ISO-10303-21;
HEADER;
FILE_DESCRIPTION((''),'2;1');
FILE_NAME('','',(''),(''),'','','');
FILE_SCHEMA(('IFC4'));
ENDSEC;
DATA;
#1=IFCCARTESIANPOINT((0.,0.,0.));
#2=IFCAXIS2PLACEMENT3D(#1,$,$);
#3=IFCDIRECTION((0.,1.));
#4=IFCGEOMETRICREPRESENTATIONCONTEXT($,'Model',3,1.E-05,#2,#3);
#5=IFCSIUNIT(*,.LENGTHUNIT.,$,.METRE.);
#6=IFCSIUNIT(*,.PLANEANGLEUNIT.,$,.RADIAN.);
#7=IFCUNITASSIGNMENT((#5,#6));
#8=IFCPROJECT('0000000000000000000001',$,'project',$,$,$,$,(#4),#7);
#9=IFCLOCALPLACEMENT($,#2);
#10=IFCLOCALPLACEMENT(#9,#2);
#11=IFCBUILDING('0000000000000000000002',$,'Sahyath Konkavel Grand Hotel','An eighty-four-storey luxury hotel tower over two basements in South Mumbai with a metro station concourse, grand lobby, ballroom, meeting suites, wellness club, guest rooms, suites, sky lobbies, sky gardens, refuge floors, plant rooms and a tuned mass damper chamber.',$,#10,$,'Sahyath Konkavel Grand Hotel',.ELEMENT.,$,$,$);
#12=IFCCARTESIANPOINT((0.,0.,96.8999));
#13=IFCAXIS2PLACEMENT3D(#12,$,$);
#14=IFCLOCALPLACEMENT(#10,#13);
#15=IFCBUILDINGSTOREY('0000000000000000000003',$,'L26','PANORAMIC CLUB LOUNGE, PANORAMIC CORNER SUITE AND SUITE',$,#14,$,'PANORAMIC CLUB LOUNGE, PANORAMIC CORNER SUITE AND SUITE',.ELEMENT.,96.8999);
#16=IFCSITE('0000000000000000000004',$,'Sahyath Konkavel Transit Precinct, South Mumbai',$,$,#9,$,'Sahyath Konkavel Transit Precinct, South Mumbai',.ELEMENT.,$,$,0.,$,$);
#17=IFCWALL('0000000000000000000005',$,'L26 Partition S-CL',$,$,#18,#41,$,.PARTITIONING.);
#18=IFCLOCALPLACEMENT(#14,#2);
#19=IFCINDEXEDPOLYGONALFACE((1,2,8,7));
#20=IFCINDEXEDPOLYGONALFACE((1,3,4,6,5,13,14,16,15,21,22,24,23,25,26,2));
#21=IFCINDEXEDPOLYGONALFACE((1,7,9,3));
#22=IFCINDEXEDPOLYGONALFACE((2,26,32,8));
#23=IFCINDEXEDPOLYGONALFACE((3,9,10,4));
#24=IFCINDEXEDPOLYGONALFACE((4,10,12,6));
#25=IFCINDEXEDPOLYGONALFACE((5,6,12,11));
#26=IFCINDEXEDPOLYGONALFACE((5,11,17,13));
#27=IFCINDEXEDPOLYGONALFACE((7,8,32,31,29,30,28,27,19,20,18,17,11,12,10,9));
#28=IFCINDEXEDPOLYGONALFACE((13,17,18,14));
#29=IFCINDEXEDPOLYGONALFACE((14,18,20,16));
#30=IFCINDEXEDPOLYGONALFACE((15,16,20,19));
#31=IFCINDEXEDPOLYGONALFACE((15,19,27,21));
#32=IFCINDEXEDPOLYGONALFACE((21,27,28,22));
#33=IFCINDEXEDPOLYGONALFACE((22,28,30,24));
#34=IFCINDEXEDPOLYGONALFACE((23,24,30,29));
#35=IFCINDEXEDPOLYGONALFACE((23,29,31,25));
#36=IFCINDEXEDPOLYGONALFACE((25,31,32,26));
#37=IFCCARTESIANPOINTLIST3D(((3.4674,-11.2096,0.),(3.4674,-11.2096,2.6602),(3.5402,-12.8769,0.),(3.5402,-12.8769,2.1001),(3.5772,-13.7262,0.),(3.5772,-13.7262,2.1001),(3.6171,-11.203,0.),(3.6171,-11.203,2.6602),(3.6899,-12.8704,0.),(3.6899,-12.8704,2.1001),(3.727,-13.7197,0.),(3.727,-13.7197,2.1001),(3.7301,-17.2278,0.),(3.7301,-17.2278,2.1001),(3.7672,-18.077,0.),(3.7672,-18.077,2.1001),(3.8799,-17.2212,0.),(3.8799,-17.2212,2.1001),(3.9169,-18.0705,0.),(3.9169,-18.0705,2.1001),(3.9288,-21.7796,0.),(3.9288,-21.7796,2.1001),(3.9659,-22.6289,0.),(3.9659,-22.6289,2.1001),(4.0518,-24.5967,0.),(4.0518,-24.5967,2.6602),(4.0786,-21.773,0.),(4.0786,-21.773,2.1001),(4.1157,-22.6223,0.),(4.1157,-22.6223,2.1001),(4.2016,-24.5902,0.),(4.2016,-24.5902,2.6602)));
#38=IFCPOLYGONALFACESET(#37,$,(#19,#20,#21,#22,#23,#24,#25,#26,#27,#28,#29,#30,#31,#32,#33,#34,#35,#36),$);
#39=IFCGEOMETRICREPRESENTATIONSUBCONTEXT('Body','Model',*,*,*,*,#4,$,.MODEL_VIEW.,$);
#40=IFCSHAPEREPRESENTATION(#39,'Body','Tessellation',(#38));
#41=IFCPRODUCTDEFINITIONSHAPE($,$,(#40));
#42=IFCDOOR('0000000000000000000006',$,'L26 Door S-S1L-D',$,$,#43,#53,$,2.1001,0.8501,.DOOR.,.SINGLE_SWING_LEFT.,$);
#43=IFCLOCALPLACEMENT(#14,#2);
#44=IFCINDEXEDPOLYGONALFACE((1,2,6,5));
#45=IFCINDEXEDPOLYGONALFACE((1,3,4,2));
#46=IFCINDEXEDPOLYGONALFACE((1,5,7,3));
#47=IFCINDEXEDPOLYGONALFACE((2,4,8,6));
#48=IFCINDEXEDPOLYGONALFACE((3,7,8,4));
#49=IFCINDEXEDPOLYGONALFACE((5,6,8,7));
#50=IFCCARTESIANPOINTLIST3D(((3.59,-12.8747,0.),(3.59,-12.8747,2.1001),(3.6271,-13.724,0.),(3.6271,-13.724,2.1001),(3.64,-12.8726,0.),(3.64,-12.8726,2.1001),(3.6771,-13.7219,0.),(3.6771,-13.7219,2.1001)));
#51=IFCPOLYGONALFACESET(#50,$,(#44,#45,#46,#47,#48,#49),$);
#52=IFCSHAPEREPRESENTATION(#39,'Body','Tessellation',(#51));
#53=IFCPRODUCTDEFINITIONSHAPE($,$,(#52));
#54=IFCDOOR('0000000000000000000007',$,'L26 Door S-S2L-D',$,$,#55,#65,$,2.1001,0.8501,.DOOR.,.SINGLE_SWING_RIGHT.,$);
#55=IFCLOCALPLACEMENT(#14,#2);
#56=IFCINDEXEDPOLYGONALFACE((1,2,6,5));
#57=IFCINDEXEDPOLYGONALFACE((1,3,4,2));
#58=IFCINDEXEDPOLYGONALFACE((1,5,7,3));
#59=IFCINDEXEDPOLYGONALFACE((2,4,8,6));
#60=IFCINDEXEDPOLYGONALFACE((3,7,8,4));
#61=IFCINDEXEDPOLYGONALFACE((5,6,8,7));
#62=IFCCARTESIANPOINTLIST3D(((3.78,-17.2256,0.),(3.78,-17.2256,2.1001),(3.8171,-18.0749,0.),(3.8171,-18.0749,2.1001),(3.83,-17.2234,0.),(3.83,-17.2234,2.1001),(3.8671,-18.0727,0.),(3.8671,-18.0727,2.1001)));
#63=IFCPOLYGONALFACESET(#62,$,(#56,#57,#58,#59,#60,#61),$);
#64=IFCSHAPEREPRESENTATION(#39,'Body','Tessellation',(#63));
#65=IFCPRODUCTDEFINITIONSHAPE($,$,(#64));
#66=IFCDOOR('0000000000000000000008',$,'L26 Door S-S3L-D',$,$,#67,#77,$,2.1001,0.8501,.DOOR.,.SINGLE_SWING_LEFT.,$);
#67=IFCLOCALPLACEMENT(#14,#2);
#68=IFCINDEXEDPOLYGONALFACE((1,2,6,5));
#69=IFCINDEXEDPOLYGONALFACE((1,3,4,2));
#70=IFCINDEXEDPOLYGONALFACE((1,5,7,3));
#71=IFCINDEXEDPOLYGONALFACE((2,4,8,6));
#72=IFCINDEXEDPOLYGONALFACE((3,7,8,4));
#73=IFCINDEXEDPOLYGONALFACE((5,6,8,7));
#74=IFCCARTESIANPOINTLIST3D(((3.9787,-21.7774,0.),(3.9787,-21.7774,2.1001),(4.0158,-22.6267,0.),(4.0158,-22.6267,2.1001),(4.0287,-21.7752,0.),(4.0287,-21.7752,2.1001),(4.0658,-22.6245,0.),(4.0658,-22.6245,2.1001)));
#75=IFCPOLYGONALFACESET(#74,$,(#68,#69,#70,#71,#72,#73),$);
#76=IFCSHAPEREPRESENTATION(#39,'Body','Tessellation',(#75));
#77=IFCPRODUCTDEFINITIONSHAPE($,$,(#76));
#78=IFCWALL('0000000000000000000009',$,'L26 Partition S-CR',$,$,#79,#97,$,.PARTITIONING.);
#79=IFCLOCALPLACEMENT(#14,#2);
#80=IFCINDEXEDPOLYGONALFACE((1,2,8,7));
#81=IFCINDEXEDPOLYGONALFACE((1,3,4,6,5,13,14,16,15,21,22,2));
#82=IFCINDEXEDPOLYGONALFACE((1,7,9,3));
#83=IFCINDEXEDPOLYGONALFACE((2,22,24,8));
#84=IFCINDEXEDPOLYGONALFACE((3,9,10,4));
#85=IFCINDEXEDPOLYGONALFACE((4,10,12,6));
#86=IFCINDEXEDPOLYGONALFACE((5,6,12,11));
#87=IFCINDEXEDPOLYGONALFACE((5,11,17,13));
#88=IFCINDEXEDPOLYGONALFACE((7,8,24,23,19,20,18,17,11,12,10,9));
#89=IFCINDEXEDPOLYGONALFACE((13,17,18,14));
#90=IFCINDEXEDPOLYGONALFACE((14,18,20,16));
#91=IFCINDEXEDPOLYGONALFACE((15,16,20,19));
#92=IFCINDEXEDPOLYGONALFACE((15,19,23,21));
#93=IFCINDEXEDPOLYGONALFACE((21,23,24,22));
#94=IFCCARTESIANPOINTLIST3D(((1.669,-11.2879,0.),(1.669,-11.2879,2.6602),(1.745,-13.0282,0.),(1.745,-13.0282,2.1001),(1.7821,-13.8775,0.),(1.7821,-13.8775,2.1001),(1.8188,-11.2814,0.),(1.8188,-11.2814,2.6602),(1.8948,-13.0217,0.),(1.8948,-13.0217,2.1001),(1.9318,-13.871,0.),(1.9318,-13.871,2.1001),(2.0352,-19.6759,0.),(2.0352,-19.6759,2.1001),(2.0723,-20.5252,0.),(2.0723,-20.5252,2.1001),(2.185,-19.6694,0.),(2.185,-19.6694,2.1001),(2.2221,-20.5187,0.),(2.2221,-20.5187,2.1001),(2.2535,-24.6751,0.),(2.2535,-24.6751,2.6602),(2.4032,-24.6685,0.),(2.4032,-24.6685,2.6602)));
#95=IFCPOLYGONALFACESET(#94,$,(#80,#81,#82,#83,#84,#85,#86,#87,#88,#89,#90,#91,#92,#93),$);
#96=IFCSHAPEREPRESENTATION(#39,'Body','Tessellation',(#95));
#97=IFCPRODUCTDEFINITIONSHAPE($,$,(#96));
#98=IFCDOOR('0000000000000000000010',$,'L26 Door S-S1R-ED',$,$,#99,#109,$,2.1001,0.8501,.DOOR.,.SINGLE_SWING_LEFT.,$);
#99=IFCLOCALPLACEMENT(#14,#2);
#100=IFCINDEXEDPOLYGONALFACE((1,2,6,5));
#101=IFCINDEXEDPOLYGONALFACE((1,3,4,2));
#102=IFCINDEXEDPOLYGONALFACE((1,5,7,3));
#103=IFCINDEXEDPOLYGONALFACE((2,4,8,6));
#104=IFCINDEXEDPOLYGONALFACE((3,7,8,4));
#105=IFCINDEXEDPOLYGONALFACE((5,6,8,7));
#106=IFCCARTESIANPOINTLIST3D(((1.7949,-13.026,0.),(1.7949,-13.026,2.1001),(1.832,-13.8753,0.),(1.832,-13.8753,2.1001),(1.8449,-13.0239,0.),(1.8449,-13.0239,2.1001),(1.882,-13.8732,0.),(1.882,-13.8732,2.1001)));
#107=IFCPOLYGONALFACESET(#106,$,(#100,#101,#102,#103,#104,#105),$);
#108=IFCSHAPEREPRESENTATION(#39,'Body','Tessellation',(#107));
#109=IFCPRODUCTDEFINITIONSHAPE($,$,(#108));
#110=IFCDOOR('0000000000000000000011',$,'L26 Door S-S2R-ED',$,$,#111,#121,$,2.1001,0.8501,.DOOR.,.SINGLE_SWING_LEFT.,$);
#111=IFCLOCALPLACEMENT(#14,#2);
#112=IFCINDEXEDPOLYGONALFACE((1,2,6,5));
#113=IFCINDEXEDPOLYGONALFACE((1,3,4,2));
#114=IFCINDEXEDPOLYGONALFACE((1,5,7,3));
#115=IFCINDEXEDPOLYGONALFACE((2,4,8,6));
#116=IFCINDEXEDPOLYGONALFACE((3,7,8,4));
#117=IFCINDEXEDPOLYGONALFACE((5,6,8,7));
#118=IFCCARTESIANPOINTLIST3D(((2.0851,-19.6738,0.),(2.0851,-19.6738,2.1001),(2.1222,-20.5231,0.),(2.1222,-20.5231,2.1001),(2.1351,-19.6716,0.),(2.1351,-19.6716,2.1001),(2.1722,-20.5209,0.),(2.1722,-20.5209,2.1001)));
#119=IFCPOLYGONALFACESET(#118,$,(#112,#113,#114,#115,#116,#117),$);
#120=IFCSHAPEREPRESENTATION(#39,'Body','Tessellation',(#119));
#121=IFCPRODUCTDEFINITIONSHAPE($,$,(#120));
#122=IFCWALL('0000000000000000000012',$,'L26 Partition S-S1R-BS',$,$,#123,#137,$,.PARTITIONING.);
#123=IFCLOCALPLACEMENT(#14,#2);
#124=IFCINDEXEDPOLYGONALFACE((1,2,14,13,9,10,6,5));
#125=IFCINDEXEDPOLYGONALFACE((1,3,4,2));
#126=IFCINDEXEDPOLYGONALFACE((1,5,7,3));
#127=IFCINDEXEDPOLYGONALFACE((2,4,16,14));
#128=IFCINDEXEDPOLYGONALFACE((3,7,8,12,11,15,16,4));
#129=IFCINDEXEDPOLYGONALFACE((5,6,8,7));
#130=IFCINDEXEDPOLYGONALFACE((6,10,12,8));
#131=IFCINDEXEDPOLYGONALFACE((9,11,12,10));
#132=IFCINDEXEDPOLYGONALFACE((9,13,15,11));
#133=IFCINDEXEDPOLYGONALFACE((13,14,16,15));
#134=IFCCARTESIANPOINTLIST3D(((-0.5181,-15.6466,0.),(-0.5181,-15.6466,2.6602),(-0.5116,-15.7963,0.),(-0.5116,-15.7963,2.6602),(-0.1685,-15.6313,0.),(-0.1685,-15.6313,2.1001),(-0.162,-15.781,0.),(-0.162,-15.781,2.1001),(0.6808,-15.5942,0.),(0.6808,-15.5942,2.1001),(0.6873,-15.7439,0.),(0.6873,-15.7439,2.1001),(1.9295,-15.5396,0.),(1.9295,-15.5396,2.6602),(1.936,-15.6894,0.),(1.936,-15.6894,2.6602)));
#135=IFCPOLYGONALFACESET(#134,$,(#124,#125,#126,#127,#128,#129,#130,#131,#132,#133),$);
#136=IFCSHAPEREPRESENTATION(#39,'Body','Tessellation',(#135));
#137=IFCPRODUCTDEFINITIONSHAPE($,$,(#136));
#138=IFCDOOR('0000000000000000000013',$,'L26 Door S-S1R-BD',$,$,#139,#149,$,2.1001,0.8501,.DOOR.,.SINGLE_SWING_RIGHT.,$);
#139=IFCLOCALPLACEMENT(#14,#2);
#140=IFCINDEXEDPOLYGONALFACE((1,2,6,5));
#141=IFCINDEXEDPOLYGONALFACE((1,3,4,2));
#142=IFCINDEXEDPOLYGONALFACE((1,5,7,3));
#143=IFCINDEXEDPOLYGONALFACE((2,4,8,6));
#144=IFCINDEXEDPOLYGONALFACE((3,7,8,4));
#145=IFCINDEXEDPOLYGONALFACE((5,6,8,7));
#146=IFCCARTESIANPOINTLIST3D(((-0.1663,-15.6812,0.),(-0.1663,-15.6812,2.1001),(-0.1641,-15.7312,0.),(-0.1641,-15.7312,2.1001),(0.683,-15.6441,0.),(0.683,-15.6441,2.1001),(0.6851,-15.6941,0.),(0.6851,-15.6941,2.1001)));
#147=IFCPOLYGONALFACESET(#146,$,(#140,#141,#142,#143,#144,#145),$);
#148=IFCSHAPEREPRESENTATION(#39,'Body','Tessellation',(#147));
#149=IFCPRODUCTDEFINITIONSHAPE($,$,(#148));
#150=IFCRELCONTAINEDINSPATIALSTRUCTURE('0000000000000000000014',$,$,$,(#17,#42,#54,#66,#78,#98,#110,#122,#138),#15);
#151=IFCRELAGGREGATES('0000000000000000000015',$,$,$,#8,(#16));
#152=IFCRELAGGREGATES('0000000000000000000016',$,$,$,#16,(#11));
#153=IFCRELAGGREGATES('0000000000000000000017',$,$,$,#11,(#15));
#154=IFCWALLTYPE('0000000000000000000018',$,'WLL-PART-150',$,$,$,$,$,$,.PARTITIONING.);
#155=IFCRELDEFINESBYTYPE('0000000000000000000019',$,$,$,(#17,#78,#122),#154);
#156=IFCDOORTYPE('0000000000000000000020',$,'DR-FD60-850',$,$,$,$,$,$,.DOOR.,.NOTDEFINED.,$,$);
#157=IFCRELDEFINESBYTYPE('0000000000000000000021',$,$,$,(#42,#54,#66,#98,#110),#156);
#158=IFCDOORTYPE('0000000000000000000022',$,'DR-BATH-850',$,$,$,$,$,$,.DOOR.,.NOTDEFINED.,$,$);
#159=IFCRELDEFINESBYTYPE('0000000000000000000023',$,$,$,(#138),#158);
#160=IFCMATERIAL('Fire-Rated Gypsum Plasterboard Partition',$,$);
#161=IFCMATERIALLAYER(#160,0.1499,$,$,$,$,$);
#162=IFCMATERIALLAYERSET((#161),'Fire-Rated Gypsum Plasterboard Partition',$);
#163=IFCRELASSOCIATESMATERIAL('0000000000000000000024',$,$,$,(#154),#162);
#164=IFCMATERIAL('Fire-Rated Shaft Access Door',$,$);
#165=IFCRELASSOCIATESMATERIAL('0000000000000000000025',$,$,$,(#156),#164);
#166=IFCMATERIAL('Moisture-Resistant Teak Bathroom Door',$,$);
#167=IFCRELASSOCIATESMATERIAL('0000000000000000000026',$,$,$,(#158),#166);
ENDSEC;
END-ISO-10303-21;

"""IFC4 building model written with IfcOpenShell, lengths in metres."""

from ifc_helpers import new_model, si_unit, direction, frame, frame_2d, origin, origin_2d, place, context, subcontext, project, spatial, rectangle, extrude, source, transform, mapped, material, layer, layer_set, type_object, element, fill, save


model = new_model("IFC4")

# Units and contexts
model_context = context("Model", 3, precision=1e-05, world=origin(), true_north=direction((0.0, 1.0)))
body_context = subcontext(model_context, "Body", "Model", "MODEL_VIEW")
ifc_project = project(units=[si_unit("LENGTHUNIT", "METRE"), si_unit("PLANEANGLEUNIT", "RADIAN")], contexts=[model_context])

# Site, building, storey
site_placement = place(None, origin())
site = spatial("IfcSite", under=ifc_project, at=site_placement, Name="Sahyath Konkavel Transit Precinct, South Mumbai", LongName="Sahyath Konkavel Transit Precinct, South Mumbai", CompositionType="ELEMENT", RefElevation=0.0)
building_placement = place(site_placement, origin())
building = spatial("IfcBuilding", under=site, at=building_placement, Name="Sahyath Konkavel Grand Hotel", Description="An eighty-four-storey luxury hotel tower over two basements in South Mumbai with a metro station concourse, grand lobby, ballroom, meeting suites, wellness club, guest rooms, suites, sky lobbies, sky gardens, refuge floors, plant rooms and a tuned mass damper chamber.", LongName="Sahyath Konkavel Grand Hotel", CompositionType="ELEMENT")
storey_placement = place(building_placement, frame((0.0, 0.0, 96.8999)))
storey = spatial("IfcBuildingStorey", under=building, at=storey_placement, Name="L26", Description="PANORAMIC CLUB LOUNGE, PANORAMIC CORNER SUITE AND SUITE", LongName="PANORAMIC CLUB LOUNGE, PANORAMIC CORNER SUITE AND SUITE", CompositionType="ELEMENT", Elevation=96.8999)

# Walls, openings, doors
ifc_material_1 = material(Name="Fire-Rated Gypsum Plasterboard Partition")
ifc_layer_1 = layer(ifc_material_1, 0.1499)
ifc_layer_set_1 = layer_set([ifc_layer_1], Name="Fire-Rated Gypsum Plasterboard Partition")
wall_type_1 = type_object("IfcWallType", Name="WLL-PART-150", PredefinedType="PARTITIONING", material=ifc_layer_set_1)
wall_1_placement = place(storey_placement, frame((3.5422, -11.2063, 0.0), z_axis=(0.0, 0.0, 1.0), x_axis=(0.043617, -0.999048, 0.0)))
wall_1 = element("IfcWall", 1, at=wall_1_placement, inside=storey, type_object=wall_type_1, Name="L26 Partition S-CL", PredefinedType="PARTITIONING", context=body_context, shape_type="SweptSolid", body=[
    extrude(rectangle(XDim=13.3999, YDim=0.1499, at=frame_2d((6.7, 0.0))), origin(), (0.0, 0.0, 1.0), 2.6602),
])
opening_1_placement = place(wall_1_placement, frame((1.6689, 0.0, 0.0)))
opening_1 = element("IfcOpeningElement", 2, at=opening_1_placement, cuts=wall_1, PredefinedType="OPENING", context=body_context, shape_type="SweptSolid", body=[
    extrude(rectangle(XDim=0.8501, YDim=2.1001, at=frame_2d((0.425, 1.05))), frame((0.0, 0.085, 0.0), z_axis=(0.0, -1.0, 0.0), x_axis=(1.0, 0.0, 0.0)), (0.0, 0.0, 1.0), 0.1699),
])
opening_2_placement = place(wall_1_placement, frame((6.0239, 0.0, 0.0)))
opening_2 = element("IfcOpeningElement", 3, at=opening_2_placement, cuts=wall_1, PredefinedType="OPENING", context=body_context, shape_type="SweptSolid", body=[
    extrude(rectangle(XDim=0.8501, YDim=2.1001, at=frame_2d((0.425, 1.05))), frame((0.0, 0.085, 0.0), z_axis=(0.0, -1.0, 0.0), x_axis=(1.0, 0.0, 0.0)), (0.0, 0.0, 1.0), 0.1699),
])
opening_3_placement = place(wall_1_placement, frame((10.5801, 0.0, 0.0)))
opening_3 = element("IfcOpeningElement", 4, at=opening_3_placement, cuts=wall_1, PredefinedType="OPENING", context=body_context, shape_type="SweptSolid", body=[
    extrude(rectangle(XDim=0.8501, YDim=2.1001, at=frame_2d((0.425, 1.05))), frame((0.0, 0.085, 0.0), z_axis=(0.0, -1.0, 0.0), x_axis=(1.0, 0.0, 0.0)), (0.0, 0.0, 1.0), 0.1699),
])
ifc_material_2 = material(Name="Fire-Rated Shaft Access Door")
door_type_1 = type_object("IfcDoorType", Name="DR-FD60-850", OperationType="NOTDEFINED", PredefinedType="DOOR", material=ifc_material_2)
shared_shape_1 = source(origin(), body_context, "Body", "SweptSolid", [
    extrude(rectangle(XDim=0.8501, YDim=0.05, at=origin_2d()), origin(), (0.0, 0.0, 1.0), 2.1001),
])
door_1_placement = place(opening_1_placement, frame((0.425, 0.0, 0.0)))
door_1 = element("IfcDoor", 5, at=door_1_placement, inside=storey, type_object=door_type_1, Name="L26 Door S-S1L-D", OperationType="SINGLE_SWING_LEFT", OverallHeight=2.1001, OverallWidth=0.8501, PredefinedType="DOOR", context=body_context, shape_type="MappedRepresentation", body=[
    mapped(shared_shape_1, transform((0.0, 0.0, 0.0), scale=1.0)),
])
fill(opening_1, door_1)
door_2_placement = place(opening_2_placement, frame((0.425, 0.0, 0.0)))
door_2 = element("IfcDoor", 6, at=door_2_placement, inside=storey, type_object=door_type_1, Name="L26 Door S-S2L-D", OperationType="SINGLE_SWING_RIGHT", OverallHeight=2.1001, OverallWidth=0.8501, PredefinedType="DOOR", context=body_context, shape_type="MappedRepresentation", body=[
    mapped(shared_shape_1, transform((0.0, 0.0, 0.0), scale=1.0)),
])
fill(opening_2, door_2)
door_3_placement = place(opening_3_placement, frame((0.425, 0.0, 0.0)))
door_3 = element("IfcDoor", 7, at=door_3_placement, inside=storey, type_object=door_type_1, Name="L26 Door S-S3L-D", OperationType="SINGLE_SWING_LEFT", OverallHeight=2.1001, OverallWidth=0.8501, PredefinedType="DOOR", context=body_context, shape_type="MappedRepresentation", body=[
    mapped(shared_shape_1, transform((0.0, 0.0, 0.0), scale=1.0)),
])
fill(opening_3, door_3)
wall_2_placement = place(storey_placement, frame((1.7439, -11.2847, 0.0), z_axis=(0.0, 0.0, 1.0), x_axis=(0.043617, -0.999048, 0.0)))
wall_2 = element("IfcWall", 8, at=wall_2_placement, inside=storey, type_object=wall_type_1, Name="L26 Partition S-CR", PredefinedType="PARTITIONING", context=body_context, shape_type="SweptSolid", body=[
    extrude(rectangle(XDim=13.3999, YDim=0.1499, at=frame_2d((6.7, 0.0))), origin(), (0.0, 0.0, 1.0), 2.6602),
])
opening_4_placement = place(wall_2_placement, frame((1.7419, 0.0, 0.0)))
opening_4 = element("IfcOpeningElement", 9, at=opening_4_placement, cuts=wall_2, PredefinedType="OPENING", context=body_context, shape_type="SweptSolid", body=[
    extrude(rectangle(XDim=0.8501, YDim=2.1001, at=frame_2d((0.425, 1.05))), frame((0.0, 0.085, 0.0), z_axis=(0.0, -1.0, 0.0), x_axis=(1.0, 0.0, 0.0)), (0.0, 0.0, 1.0), 0.1699),
])
opening_5_placement = place(wall_2_placement, frame((8.396, 0.0, 0.0)))
opening_5 = element("IfcOpeningElement", 10, at=opening_5_placement, cuts=wall_2, PredefinedType="OPENING", context=body_context, shape_type="SweptSolid", body=[
    extrude(rectangle(XDim=0.8501, YDim=2.1001, at=frame_2d((0.425, 1.05))), frame((0.0, 0.085, 0.0), z_axis=(0.0, -1.0, 0.0), x_axis=(1.0, 0.0, 0.0)), (0.0, 0.0, 1.0), 0.1699),
])
door_4_placement = place(opening_4_placement, frame((0.425, 0.0, 0.0)))
door_4 = element("IfcDoor", 11, at=door_4_placement, inside=storey, type_object=door_type_1, Name="L26 Door S-S1R-ED", OperationType="SINGLE_SWING_LEFT", OverallHeight=2.1001, OverallWidth=0.8501, PredefinedType="DOOR", context=body_context, shape_type="MappedRepresentation", body=[
    mapped(shared_shape_1, transform((0.0, 0.0, 0.0), scale=1.0)),
])
fill(opening_4, door_4)
door_5_placement = place(opening_5_placement, frame((0.425, 0.0, 0.0)))
door_5 = element("IfcDoor", 12, at=door_5_placement, inside=storey, type_object=door_type_1, Name="L26 Door S-S2R-ED", OperationType="SINGLE_SWING_LEFT", OverallHeight=2.1001, OverallWidth=0.8501, PredefinedType="DOOR", context=body_context, shape_type="MappedRepresentation", body=[
    mapped(shared_shape_1, transform((0.0, 0.0, 0.0), scale=1.0)),
])
fill(opening_5, door_5)

# Wall, opening, door
wall_3_placement = place(storey_placement, frame((1.9329, -15.6145, 0.0), z_axis=(0.0, 0.0, 1.0), x_axis=(-0.999047, -0.043649, 0.0)))
wall_3 = element("IfcWall", 13, at=wall_3_placement, inside=storey, type_object=wall_type_1, Name="L26 Partition S-S1R-BS", PredefinedType="PARTITIONING", context=body_context, shape_type="SweptSolid", body=[
    extrude(rectangle(XDim=2.45, YDim=0.1499, at=frame_2d((1.2251, 0.0))), origin(), (0.0, 0.0, 1.0), 2.6602),
])
opening_6_placement = place(wall_3_placement, frame((1.25, 0.0, 0.0)))
opening_6 = element("IfcOpeningElement", 14, at=opening_6_placement, cuts=wall_3, PredefinedType="OPENING", context=body_context, shape_type="SweptSolid", body=[
    extrude(rectangle(XDim=0.8501, YDim=2.1001, at=frame_2d((0.425, 1.05))), frame((0.0, 0.085, 0.0), z_axis=(0.0, -1.0, 0.0), x_axis=(1.0, 0.0, 0.0)), (0.0, 0.0, 1.0), 0.1699),
])
ifc_material_3 = material(Name="Moisture-Resistant Teak Bathroom Door")
door_type_2 = type_object("IfcDoorType", Name="DR-BATH-850", OperationType="NOTDEFINED", PredefinedType="DOOR", material=ifc_material_3)
door_6_placement = place(opening_6_placement, frame((0.425, 0.0, 0.0)))
door_6 = element("IfcDoor", 15, at=door_6_placement, inside=storey, type_object=door_type_2, Name="L26 Door S-S1R-BD", OperationType="SINGLE_SWING_RIGHT", OverallHeight=2.1001, OverallWidth=0.8501, PredefinedType="DOOR", context=body_context, shape_type="MappedRepresentation", body=[
    mapped(shared_shape_1, transform((0.0, 0.0, 0.0), scale=1.0)),
])
fill(opening_6, door_6)

save(model, "model.ifc")
